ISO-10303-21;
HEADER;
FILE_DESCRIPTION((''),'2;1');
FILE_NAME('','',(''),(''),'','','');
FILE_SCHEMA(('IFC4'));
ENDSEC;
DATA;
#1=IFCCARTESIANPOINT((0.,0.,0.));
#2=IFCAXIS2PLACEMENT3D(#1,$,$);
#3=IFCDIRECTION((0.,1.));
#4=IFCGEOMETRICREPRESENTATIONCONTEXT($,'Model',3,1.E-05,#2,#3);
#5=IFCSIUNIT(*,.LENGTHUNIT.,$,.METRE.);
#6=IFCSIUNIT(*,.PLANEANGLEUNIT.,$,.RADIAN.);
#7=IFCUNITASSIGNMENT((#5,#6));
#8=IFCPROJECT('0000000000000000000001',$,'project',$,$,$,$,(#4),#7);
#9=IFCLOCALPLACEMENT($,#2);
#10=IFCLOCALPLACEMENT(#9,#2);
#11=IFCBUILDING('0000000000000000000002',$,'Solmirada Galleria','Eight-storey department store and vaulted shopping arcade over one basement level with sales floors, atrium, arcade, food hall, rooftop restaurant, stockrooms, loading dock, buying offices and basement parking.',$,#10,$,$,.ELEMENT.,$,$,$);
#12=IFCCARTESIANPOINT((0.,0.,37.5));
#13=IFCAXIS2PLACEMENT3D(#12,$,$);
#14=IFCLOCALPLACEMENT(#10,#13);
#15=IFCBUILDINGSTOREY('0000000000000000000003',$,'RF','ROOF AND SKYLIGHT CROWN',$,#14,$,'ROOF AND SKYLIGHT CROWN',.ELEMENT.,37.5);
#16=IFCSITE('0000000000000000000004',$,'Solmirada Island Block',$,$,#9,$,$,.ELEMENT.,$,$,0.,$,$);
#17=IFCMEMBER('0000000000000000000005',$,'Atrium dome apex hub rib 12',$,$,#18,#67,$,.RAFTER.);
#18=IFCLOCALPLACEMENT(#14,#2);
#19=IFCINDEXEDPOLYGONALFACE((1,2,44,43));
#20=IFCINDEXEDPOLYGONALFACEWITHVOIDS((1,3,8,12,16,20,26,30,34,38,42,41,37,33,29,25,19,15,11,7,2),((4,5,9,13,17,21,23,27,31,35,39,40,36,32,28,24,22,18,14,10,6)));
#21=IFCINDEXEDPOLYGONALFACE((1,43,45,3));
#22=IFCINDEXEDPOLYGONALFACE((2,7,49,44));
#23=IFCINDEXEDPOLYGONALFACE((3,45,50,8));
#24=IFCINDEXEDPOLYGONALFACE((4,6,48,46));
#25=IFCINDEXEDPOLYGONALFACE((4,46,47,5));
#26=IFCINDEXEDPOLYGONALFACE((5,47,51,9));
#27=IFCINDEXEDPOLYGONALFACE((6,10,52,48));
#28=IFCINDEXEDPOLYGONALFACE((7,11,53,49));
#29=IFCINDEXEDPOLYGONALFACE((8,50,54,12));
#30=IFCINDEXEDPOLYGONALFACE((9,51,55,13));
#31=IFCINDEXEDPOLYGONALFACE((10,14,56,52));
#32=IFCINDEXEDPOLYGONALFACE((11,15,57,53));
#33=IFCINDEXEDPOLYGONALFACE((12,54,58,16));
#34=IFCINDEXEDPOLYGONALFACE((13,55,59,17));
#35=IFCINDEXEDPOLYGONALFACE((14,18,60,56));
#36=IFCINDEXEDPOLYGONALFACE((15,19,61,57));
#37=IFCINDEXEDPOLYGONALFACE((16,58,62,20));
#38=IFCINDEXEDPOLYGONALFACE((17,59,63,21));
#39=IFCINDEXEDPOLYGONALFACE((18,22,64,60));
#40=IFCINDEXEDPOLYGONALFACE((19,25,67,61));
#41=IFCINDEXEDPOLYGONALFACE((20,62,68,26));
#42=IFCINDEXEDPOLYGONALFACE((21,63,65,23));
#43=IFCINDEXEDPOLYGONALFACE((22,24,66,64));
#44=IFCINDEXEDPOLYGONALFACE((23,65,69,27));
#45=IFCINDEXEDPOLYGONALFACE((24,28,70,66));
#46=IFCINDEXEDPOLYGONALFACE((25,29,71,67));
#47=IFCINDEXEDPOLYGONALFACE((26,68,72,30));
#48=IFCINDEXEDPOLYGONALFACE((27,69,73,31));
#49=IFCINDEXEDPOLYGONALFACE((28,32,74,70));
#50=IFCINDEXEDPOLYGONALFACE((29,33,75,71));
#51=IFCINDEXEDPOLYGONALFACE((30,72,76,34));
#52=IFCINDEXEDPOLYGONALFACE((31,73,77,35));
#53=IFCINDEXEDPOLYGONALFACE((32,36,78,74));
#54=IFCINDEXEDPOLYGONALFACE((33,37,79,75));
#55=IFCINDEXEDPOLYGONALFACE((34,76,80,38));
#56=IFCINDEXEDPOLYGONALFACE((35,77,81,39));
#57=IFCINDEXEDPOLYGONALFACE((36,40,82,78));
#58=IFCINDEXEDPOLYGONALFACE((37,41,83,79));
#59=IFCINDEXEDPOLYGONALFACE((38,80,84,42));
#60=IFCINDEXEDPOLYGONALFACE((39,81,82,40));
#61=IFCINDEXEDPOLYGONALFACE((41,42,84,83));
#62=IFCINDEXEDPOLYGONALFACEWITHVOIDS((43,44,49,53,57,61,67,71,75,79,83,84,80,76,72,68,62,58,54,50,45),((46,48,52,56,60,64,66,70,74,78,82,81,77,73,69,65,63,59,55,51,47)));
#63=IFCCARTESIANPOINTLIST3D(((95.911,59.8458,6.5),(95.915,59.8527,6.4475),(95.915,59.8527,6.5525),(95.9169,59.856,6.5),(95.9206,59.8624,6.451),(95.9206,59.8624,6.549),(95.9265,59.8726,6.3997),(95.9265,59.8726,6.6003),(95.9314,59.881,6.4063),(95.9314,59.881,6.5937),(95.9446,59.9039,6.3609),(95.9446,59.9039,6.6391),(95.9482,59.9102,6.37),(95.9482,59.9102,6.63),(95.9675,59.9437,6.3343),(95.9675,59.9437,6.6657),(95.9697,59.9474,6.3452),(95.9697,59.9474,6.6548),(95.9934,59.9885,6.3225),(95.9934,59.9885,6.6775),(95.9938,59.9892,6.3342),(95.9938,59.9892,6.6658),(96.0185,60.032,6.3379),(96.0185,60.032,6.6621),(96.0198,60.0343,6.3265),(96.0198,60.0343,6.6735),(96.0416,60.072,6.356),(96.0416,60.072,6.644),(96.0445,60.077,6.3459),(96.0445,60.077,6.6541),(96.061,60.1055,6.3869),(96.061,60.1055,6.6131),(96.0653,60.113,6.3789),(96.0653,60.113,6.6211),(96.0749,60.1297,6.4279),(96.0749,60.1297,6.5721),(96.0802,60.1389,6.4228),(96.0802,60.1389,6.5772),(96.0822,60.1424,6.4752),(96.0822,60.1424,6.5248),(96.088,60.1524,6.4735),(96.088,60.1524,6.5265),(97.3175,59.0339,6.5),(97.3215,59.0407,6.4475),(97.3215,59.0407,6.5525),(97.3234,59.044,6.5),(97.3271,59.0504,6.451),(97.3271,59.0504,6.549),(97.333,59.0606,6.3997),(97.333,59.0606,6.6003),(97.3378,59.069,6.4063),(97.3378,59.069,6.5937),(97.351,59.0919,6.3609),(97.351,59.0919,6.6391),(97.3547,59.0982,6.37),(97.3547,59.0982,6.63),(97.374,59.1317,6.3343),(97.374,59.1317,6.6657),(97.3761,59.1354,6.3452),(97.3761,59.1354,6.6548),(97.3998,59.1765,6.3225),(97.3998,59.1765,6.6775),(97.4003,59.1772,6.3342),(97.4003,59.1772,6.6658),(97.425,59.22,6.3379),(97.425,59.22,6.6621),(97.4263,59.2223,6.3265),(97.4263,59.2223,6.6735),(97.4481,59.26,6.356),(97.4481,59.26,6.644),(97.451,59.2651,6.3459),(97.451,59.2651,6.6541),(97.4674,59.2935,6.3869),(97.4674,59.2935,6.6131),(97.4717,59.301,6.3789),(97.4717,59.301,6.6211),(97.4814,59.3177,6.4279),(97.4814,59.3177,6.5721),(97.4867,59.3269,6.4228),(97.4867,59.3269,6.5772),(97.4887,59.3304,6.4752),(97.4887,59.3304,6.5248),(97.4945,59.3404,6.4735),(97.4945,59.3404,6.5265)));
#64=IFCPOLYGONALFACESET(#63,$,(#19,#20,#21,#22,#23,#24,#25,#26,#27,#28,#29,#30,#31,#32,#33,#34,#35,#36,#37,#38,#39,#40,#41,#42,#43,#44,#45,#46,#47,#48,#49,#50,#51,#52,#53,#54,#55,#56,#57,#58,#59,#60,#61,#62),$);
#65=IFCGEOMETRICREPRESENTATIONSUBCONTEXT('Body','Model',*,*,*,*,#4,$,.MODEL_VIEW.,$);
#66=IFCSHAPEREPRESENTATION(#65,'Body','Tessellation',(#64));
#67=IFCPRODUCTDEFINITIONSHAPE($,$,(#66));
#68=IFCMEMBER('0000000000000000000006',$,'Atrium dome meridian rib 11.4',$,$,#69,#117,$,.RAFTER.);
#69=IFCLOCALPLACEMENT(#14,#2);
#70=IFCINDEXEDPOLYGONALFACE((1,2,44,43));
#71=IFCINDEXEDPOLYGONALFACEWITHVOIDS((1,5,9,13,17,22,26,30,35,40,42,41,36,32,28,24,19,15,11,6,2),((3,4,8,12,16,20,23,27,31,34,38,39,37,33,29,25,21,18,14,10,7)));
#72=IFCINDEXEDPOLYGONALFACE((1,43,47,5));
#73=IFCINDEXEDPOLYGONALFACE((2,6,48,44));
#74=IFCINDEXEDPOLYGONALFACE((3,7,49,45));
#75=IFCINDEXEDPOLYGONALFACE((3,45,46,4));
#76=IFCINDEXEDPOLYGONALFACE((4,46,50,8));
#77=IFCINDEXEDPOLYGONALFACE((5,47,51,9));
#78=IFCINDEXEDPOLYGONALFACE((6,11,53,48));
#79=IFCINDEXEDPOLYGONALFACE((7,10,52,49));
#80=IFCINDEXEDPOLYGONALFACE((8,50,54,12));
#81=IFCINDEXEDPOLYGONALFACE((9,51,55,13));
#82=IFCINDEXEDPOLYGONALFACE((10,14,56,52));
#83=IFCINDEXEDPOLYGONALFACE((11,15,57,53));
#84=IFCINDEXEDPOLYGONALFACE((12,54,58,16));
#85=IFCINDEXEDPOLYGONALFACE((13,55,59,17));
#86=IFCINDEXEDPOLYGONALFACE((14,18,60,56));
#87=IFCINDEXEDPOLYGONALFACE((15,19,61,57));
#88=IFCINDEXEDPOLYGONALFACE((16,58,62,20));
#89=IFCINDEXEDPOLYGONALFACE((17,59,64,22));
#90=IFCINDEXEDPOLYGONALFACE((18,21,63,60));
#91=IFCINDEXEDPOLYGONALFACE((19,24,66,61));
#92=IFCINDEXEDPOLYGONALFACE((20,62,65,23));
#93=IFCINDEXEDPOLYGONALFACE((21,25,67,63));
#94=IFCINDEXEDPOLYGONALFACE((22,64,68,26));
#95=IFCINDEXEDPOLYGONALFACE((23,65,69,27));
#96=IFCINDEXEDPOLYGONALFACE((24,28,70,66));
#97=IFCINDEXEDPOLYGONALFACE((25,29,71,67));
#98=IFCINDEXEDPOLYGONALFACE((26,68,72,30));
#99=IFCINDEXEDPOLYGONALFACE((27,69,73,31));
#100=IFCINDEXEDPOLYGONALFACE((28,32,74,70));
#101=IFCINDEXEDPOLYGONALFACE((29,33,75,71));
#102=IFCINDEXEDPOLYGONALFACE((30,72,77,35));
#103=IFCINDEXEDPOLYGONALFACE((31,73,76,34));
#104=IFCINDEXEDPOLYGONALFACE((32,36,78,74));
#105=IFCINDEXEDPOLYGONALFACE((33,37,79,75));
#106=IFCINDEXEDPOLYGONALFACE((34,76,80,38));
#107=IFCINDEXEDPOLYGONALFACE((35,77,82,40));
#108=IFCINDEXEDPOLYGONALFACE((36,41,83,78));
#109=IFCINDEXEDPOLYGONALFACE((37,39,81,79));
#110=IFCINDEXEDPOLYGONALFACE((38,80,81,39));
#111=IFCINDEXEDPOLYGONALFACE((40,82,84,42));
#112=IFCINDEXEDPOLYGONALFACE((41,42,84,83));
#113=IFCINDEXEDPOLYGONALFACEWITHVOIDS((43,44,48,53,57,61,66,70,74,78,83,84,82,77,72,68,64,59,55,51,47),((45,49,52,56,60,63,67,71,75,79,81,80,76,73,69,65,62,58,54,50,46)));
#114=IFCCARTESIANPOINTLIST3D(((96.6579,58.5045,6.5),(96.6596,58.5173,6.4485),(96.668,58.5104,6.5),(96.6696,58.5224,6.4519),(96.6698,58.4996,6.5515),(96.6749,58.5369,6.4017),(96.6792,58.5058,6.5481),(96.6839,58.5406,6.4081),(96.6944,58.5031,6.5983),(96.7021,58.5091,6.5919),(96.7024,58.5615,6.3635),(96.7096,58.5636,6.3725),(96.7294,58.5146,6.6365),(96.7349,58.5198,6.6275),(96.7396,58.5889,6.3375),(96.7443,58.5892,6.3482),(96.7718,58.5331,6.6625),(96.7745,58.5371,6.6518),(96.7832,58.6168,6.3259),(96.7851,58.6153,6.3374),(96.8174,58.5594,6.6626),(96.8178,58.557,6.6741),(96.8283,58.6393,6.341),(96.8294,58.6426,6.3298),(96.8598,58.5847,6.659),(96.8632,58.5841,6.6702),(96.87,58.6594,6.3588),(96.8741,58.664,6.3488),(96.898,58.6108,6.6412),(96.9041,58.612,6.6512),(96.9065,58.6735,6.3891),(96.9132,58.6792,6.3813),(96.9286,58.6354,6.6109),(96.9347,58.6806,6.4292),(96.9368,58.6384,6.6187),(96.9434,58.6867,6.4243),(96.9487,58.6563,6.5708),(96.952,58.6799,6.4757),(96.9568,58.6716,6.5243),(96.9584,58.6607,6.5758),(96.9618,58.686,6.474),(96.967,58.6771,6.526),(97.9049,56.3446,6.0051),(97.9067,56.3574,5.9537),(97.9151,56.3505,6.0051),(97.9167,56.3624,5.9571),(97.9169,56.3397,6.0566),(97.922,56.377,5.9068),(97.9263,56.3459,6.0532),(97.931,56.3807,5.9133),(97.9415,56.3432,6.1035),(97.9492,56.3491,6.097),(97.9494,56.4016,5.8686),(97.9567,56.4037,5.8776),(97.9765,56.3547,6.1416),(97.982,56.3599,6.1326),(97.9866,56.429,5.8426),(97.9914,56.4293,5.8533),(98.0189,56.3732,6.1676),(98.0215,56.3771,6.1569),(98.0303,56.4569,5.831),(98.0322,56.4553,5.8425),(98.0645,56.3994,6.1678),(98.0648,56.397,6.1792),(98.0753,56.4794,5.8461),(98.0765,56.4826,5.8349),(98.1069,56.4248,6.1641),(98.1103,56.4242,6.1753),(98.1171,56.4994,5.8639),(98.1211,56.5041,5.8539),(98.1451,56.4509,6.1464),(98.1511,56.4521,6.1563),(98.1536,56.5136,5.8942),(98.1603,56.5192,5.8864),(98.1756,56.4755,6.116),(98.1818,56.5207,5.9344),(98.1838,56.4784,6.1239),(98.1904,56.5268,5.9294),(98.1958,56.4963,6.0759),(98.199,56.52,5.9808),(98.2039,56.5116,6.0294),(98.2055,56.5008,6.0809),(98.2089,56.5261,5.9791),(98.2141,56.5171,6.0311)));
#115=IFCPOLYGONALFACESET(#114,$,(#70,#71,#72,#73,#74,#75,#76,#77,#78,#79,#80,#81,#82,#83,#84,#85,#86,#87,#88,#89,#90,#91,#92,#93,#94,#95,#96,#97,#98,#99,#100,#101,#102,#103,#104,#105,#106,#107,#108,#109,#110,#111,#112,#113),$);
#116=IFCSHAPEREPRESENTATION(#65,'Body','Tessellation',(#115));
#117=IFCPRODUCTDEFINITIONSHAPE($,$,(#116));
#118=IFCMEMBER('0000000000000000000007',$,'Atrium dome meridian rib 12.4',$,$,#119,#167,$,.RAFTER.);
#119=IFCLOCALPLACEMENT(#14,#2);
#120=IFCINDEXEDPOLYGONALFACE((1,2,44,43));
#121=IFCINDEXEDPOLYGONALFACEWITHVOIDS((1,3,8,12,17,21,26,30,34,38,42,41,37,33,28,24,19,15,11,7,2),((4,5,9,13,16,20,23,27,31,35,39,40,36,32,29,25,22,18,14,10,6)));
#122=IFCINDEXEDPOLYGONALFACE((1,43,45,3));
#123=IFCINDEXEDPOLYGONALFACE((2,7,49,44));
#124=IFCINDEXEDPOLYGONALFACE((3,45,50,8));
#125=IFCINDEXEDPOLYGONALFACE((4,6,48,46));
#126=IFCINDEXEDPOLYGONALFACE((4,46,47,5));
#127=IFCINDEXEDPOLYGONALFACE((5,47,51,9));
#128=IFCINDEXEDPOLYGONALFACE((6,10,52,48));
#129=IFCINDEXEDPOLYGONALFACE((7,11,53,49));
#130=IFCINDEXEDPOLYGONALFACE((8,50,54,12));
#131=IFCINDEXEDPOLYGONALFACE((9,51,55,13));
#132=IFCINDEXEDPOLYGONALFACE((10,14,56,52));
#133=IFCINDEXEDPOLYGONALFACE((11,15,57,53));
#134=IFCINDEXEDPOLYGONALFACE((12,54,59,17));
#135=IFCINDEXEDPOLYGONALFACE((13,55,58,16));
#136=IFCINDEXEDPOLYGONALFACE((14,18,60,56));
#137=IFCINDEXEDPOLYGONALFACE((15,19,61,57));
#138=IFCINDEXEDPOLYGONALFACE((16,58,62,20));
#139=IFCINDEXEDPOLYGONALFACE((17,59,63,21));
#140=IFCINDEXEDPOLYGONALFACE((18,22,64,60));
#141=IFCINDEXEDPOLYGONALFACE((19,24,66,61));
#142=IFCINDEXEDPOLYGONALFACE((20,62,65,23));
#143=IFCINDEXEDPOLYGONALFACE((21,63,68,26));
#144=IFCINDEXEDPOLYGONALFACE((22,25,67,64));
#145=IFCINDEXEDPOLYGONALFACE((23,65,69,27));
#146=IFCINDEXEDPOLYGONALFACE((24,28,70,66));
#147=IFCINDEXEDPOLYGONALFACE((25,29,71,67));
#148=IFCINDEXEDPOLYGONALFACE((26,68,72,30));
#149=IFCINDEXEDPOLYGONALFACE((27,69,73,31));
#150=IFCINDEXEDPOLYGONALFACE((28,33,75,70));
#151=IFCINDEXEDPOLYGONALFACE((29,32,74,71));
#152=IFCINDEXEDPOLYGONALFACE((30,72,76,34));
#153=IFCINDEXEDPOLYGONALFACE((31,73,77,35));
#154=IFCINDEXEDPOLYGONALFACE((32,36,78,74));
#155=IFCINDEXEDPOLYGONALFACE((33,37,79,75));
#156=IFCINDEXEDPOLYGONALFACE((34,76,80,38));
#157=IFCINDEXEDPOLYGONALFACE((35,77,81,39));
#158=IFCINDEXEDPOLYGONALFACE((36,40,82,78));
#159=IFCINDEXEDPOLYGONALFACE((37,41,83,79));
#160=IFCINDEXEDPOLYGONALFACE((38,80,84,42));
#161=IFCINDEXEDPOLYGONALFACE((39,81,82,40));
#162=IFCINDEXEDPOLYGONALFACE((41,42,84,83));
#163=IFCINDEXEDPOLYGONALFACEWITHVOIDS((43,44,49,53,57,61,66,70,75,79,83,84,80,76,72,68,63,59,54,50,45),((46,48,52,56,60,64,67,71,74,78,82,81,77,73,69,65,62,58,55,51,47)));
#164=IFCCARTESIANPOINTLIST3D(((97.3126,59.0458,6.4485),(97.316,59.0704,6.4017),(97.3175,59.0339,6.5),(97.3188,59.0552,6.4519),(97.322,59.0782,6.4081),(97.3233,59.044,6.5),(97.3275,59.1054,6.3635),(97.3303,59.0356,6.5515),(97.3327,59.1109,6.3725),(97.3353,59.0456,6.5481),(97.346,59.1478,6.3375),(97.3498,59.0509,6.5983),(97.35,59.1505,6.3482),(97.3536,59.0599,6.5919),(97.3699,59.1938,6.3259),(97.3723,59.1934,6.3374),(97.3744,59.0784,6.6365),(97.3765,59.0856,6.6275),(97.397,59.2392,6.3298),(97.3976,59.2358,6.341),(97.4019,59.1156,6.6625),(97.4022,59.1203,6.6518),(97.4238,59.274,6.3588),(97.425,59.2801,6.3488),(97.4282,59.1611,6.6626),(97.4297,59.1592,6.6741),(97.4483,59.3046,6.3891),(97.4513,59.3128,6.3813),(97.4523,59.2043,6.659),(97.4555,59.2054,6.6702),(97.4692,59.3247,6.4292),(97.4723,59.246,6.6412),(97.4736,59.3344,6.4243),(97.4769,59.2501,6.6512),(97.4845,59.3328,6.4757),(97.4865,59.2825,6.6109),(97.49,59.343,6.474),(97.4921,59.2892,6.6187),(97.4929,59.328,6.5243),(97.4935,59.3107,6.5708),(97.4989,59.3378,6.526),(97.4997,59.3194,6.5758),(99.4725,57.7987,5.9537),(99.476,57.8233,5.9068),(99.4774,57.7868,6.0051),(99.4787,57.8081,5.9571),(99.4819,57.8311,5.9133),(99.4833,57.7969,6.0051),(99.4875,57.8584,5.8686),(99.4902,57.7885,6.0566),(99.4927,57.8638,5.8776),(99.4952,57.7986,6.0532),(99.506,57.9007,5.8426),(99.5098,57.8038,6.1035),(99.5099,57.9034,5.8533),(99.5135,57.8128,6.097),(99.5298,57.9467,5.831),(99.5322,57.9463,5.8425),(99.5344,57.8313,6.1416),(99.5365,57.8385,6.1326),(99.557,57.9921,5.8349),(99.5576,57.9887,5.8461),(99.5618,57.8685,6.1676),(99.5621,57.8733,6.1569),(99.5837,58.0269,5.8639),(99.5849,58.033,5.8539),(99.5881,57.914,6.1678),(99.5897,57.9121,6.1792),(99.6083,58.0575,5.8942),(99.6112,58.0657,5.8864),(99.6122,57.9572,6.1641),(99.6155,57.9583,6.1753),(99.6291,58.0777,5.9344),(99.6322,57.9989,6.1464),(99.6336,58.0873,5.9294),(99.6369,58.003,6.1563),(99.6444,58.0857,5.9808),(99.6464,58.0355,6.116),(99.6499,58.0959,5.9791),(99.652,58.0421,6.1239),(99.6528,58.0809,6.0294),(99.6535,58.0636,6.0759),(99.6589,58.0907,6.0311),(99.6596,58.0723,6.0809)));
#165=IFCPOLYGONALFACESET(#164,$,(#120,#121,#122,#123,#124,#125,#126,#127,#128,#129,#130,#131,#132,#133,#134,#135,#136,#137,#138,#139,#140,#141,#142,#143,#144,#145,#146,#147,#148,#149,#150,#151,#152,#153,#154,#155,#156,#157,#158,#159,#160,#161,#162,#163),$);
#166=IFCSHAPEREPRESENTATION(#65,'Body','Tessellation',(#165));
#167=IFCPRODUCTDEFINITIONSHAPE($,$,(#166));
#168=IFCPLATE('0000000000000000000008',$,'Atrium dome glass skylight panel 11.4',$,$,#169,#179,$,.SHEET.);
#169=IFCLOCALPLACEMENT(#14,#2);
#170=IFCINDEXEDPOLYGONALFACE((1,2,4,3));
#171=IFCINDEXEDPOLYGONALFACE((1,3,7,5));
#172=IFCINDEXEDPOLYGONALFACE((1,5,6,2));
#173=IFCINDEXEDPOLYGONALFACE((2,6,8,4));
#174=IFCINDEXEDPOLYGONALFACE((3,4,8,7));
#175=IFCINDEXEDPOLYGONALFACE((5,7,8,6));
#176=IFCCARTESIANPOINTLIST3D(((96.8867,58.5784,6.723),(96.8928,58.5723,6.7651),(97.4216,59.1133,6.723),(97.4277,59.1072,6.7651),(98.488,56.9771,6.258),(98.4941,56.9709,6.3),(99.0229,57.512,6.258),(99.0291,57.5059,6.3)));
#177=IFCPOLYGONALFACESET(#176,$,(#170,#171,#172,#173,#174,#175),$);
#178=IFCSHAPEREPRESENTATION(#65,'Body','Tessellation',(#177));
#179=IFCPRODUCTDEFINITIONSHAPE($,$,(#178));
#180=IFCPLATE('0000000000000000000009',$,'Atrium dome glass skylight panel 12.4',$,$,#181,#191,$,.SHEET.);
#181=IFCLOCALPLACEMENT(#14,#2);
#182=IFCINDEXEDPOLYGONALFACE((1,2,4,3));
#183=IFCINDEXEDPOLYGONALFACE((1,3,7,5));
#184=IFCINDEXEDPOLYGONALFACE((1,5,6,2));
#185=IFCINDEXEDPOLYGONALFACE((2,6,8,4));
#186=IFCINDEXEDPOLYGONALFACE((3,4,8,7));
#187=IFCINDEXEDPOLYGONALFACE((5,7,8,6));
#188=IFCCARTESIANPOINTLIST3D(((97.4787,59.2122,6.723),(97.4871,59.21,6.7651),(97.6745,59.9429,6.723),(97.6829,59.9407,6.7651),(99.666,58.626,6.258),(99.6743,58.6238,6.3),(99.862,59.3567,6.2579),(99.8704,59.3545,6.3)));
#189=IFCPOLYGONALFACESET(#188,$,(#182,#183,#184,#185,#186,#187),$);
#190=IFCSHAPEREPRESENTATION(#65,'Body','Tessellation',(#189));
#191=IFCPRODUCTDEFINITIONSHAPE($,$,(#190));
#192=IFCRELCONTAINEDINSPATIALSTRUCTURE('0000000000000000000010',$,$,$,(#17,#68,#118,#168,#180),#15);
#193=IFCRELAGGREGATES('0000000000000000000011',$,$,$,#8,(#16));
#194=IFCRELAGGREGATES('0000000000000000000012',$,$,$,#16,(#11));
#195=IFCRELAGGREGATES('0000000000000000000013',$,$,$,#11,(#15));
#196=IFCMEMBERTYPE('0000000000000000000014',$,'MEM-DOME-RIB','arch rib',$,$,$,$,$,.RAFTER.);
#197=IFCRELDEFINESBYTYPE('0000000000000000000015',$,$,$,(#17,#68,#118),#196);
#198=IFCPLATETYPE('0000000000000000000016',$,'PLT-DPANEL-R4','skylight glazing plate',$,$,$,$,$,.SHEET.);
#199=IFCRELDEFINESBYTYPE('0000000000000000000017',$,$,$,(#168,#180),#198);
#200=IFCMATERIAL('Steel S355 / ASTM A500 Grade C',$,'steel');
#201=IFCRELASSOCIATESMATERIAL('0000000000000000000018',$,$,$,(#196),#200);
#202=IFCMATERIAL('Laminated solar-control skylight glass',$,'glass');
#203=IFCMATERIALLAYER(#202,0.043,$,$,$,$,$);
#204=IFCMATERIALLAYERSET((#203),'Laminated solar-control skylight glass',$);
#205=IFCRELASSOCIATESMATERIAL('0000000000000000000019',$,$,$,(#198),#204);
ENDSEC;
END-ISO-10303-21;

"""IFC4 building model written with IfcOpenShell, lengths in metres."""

from ifc_helpers import new_model, si_unit, direction, frame, origin, origin_2d, place, context, subcontext, project, spatial, polyline, hollow_circle, outline, extrude, material, layer, layer_set, material_profile, profile_set, type_object, element, save


model = new_model("IFC4")

# Units and contexts
model_context = context("Model", 3, precision=1e-05, world=origin(), true_north=direction((0.0, 1.0)))
body_context = subcontext(model_context, "Body", "Model", "MODEL_VIEW")
ifc_project = project(units=[si_unit("LENGTHUNIT", "METRE"), si_unit("PLANEANGLEUNIT", "RADIAN")], contexts=[model_context])

# Site, building, storey
site_placement = place(None, origin())
site = spatial("IfcSite", under=ifc_project, at=site_placement, Name="Solmirada Island Block", CompositionType="ELEMENT", RefElevation=0.0)
building_placement = place(site_placement, origin())
building = spatial("IfcBuilding", under=site, at=building_placement, Name="Solmirada Galleria", Description="Eight-storey department store and vaulted shopping arcade over one basement level with sales floors, atrium, arcade, food hall, rooftop restaurant, stockrooms, loading dock, buying offices and basement parking.", CompositionType="ELEMENT")
storey_placement = place(building_placement, frame((0.0, 0.0, 37.5)))
storey = spatial("IfcBuildingStorey", under=building, at=storey_placement, Name="RF", Description="ROOF AND SKYLIGHT CROWN", LongName="ROOF AND SKYLIGHT CROWN", CompositionType="ELEMENT", Elevation=37.5)

# Members
ifc_material_1 = material(Name="Steel S355 / ASTM A500 Grade C", Category="steel")
ifc_material_profile_1 = material_profile(ifc_material_1, hollow_circle(Radius=0.178, WallThickness=0.0117, at=origin_2d()), Name="HSS14.000X0.500")
ifc_profile_set_1 = profile_set([ifc_material_profile_1], Name="Steel S355 / ASTM A500 Grade C")
member_type_1 = type_object("IfcMemberType", Name="MEM-DOME-RIB", Description="arch rib", PredefinedType="RAFTER", material=ifc_profile_set_1)
member_1_placement = place(storey_placement, frame((97.4065, 59.188, 6.5), z_axis=(-0.866033, 0.499987, 0.0), x_axis=(-0.499987, -0.866033, 0.0)))
element("IfcMember", 1, at=member_1_placement, inside=storey, type_object=member_type_1, Name="Atrium dome apex hub rib 12", PredefinedType="RAFTER", context=body_context, shape_type="SweptSolid", body=[
    extrude(hollow_circle(Radius=0.178, WallThickness=0.0117, at=origin_2d()), origin(), (0.0, 0.0, 1.0), 1.624),
])
for number, where, z_axis, x_axis, name in (
    (2, (98.0591, 56.4336, 6.0051), (-0.490452, 0.849457, 0.194625), (-0.866018, -0.500013, 0.0), "Atrium dome meridian rib 11.4"),
    (3, (99.5664, 57.9409, 6.0051), (-0.849457, 0.490452, 0.194625), (-0.500013, -0.866018, 0.0), "Atrium dome meridian rib 12.4"),
):
    element("IfcMember", number, at=place(storey_placement, frame(where, z_axis=z_axis, x_axis=x_axis)), inside=storey, type_object=member_type_1, Name=name, PredefinedType="RAFTER", context=body_context, shape_type="SweptSolid", body=[
        extrude(hollow_circle(Radius=0.178, WallThickness=0.0117, at=origin_2d()), origin(), (0.0, 0.0, 1.0), 2.5427),
    ])

# Plates
ifc_material_2 = material(Name="Laminated solar-control skylight glass", Category="glass")
ifc_layer_1 = layer(ifc_material_2, 0.043)
ifc_layer_set_1 = layer_set([ifc_layer_1], Name="Laminated solar-control skylight glass")
plate_type = type_object("IfcPlateType", Name="PLT-DPANEL-R4", Description="skylight glazing plate", PredefinedType="SHEET", material=ifc_layer_set_1)
plate_1_placement = place(storey_placement, frame((98.4941, 56.9709, 6.3), z_axis=(0.142251, -0.142251, 0.979556), x_axis=(0.707107, 0.707107, 0.0)))
element("IfcPlate", 4, at=plate_1_placement, inside=storey, type_object=plate_type, Name="Atrium dome glass skylight panel 11.4", PredefinedType="SHEET", context=body_context, shape_type="SweptSolid", body=[
    extrude(outline(polyline([(0.0, 0.0), (0.7565, 0.0), (0.7565, 2.3119), (0.0, 2.3119), (0.0, 0.0)])), origin(), (0.0, 0.0, -1.0), 0.043),
])
plate_2_placement = place(storey_placement, frame((99.6743, 58.6238, 6.3), z_axis=(0.194314, -0.052101, 0.979555), x_axis=(0.259122, 0.965844, -0.000031)))
element("IfcPlate", 5, at=plate_2_placement, inside=storey, type_object=plate_type, Name="Atrium dome glass skylight panel 12.4", PredefinedType="SHEET", context=body_context, shape_type="SweptSolid", body=[
    extrude(outline(polyline([(0.0, 0.0), (0.7566, 0.0), (0.7559, 2.3119), (-0.0006, 2.3117), (0.0, 0.0)])), origin(), (0.0, 0.0, -1.0), 0.043),
])

save(model, "model.ifc")
